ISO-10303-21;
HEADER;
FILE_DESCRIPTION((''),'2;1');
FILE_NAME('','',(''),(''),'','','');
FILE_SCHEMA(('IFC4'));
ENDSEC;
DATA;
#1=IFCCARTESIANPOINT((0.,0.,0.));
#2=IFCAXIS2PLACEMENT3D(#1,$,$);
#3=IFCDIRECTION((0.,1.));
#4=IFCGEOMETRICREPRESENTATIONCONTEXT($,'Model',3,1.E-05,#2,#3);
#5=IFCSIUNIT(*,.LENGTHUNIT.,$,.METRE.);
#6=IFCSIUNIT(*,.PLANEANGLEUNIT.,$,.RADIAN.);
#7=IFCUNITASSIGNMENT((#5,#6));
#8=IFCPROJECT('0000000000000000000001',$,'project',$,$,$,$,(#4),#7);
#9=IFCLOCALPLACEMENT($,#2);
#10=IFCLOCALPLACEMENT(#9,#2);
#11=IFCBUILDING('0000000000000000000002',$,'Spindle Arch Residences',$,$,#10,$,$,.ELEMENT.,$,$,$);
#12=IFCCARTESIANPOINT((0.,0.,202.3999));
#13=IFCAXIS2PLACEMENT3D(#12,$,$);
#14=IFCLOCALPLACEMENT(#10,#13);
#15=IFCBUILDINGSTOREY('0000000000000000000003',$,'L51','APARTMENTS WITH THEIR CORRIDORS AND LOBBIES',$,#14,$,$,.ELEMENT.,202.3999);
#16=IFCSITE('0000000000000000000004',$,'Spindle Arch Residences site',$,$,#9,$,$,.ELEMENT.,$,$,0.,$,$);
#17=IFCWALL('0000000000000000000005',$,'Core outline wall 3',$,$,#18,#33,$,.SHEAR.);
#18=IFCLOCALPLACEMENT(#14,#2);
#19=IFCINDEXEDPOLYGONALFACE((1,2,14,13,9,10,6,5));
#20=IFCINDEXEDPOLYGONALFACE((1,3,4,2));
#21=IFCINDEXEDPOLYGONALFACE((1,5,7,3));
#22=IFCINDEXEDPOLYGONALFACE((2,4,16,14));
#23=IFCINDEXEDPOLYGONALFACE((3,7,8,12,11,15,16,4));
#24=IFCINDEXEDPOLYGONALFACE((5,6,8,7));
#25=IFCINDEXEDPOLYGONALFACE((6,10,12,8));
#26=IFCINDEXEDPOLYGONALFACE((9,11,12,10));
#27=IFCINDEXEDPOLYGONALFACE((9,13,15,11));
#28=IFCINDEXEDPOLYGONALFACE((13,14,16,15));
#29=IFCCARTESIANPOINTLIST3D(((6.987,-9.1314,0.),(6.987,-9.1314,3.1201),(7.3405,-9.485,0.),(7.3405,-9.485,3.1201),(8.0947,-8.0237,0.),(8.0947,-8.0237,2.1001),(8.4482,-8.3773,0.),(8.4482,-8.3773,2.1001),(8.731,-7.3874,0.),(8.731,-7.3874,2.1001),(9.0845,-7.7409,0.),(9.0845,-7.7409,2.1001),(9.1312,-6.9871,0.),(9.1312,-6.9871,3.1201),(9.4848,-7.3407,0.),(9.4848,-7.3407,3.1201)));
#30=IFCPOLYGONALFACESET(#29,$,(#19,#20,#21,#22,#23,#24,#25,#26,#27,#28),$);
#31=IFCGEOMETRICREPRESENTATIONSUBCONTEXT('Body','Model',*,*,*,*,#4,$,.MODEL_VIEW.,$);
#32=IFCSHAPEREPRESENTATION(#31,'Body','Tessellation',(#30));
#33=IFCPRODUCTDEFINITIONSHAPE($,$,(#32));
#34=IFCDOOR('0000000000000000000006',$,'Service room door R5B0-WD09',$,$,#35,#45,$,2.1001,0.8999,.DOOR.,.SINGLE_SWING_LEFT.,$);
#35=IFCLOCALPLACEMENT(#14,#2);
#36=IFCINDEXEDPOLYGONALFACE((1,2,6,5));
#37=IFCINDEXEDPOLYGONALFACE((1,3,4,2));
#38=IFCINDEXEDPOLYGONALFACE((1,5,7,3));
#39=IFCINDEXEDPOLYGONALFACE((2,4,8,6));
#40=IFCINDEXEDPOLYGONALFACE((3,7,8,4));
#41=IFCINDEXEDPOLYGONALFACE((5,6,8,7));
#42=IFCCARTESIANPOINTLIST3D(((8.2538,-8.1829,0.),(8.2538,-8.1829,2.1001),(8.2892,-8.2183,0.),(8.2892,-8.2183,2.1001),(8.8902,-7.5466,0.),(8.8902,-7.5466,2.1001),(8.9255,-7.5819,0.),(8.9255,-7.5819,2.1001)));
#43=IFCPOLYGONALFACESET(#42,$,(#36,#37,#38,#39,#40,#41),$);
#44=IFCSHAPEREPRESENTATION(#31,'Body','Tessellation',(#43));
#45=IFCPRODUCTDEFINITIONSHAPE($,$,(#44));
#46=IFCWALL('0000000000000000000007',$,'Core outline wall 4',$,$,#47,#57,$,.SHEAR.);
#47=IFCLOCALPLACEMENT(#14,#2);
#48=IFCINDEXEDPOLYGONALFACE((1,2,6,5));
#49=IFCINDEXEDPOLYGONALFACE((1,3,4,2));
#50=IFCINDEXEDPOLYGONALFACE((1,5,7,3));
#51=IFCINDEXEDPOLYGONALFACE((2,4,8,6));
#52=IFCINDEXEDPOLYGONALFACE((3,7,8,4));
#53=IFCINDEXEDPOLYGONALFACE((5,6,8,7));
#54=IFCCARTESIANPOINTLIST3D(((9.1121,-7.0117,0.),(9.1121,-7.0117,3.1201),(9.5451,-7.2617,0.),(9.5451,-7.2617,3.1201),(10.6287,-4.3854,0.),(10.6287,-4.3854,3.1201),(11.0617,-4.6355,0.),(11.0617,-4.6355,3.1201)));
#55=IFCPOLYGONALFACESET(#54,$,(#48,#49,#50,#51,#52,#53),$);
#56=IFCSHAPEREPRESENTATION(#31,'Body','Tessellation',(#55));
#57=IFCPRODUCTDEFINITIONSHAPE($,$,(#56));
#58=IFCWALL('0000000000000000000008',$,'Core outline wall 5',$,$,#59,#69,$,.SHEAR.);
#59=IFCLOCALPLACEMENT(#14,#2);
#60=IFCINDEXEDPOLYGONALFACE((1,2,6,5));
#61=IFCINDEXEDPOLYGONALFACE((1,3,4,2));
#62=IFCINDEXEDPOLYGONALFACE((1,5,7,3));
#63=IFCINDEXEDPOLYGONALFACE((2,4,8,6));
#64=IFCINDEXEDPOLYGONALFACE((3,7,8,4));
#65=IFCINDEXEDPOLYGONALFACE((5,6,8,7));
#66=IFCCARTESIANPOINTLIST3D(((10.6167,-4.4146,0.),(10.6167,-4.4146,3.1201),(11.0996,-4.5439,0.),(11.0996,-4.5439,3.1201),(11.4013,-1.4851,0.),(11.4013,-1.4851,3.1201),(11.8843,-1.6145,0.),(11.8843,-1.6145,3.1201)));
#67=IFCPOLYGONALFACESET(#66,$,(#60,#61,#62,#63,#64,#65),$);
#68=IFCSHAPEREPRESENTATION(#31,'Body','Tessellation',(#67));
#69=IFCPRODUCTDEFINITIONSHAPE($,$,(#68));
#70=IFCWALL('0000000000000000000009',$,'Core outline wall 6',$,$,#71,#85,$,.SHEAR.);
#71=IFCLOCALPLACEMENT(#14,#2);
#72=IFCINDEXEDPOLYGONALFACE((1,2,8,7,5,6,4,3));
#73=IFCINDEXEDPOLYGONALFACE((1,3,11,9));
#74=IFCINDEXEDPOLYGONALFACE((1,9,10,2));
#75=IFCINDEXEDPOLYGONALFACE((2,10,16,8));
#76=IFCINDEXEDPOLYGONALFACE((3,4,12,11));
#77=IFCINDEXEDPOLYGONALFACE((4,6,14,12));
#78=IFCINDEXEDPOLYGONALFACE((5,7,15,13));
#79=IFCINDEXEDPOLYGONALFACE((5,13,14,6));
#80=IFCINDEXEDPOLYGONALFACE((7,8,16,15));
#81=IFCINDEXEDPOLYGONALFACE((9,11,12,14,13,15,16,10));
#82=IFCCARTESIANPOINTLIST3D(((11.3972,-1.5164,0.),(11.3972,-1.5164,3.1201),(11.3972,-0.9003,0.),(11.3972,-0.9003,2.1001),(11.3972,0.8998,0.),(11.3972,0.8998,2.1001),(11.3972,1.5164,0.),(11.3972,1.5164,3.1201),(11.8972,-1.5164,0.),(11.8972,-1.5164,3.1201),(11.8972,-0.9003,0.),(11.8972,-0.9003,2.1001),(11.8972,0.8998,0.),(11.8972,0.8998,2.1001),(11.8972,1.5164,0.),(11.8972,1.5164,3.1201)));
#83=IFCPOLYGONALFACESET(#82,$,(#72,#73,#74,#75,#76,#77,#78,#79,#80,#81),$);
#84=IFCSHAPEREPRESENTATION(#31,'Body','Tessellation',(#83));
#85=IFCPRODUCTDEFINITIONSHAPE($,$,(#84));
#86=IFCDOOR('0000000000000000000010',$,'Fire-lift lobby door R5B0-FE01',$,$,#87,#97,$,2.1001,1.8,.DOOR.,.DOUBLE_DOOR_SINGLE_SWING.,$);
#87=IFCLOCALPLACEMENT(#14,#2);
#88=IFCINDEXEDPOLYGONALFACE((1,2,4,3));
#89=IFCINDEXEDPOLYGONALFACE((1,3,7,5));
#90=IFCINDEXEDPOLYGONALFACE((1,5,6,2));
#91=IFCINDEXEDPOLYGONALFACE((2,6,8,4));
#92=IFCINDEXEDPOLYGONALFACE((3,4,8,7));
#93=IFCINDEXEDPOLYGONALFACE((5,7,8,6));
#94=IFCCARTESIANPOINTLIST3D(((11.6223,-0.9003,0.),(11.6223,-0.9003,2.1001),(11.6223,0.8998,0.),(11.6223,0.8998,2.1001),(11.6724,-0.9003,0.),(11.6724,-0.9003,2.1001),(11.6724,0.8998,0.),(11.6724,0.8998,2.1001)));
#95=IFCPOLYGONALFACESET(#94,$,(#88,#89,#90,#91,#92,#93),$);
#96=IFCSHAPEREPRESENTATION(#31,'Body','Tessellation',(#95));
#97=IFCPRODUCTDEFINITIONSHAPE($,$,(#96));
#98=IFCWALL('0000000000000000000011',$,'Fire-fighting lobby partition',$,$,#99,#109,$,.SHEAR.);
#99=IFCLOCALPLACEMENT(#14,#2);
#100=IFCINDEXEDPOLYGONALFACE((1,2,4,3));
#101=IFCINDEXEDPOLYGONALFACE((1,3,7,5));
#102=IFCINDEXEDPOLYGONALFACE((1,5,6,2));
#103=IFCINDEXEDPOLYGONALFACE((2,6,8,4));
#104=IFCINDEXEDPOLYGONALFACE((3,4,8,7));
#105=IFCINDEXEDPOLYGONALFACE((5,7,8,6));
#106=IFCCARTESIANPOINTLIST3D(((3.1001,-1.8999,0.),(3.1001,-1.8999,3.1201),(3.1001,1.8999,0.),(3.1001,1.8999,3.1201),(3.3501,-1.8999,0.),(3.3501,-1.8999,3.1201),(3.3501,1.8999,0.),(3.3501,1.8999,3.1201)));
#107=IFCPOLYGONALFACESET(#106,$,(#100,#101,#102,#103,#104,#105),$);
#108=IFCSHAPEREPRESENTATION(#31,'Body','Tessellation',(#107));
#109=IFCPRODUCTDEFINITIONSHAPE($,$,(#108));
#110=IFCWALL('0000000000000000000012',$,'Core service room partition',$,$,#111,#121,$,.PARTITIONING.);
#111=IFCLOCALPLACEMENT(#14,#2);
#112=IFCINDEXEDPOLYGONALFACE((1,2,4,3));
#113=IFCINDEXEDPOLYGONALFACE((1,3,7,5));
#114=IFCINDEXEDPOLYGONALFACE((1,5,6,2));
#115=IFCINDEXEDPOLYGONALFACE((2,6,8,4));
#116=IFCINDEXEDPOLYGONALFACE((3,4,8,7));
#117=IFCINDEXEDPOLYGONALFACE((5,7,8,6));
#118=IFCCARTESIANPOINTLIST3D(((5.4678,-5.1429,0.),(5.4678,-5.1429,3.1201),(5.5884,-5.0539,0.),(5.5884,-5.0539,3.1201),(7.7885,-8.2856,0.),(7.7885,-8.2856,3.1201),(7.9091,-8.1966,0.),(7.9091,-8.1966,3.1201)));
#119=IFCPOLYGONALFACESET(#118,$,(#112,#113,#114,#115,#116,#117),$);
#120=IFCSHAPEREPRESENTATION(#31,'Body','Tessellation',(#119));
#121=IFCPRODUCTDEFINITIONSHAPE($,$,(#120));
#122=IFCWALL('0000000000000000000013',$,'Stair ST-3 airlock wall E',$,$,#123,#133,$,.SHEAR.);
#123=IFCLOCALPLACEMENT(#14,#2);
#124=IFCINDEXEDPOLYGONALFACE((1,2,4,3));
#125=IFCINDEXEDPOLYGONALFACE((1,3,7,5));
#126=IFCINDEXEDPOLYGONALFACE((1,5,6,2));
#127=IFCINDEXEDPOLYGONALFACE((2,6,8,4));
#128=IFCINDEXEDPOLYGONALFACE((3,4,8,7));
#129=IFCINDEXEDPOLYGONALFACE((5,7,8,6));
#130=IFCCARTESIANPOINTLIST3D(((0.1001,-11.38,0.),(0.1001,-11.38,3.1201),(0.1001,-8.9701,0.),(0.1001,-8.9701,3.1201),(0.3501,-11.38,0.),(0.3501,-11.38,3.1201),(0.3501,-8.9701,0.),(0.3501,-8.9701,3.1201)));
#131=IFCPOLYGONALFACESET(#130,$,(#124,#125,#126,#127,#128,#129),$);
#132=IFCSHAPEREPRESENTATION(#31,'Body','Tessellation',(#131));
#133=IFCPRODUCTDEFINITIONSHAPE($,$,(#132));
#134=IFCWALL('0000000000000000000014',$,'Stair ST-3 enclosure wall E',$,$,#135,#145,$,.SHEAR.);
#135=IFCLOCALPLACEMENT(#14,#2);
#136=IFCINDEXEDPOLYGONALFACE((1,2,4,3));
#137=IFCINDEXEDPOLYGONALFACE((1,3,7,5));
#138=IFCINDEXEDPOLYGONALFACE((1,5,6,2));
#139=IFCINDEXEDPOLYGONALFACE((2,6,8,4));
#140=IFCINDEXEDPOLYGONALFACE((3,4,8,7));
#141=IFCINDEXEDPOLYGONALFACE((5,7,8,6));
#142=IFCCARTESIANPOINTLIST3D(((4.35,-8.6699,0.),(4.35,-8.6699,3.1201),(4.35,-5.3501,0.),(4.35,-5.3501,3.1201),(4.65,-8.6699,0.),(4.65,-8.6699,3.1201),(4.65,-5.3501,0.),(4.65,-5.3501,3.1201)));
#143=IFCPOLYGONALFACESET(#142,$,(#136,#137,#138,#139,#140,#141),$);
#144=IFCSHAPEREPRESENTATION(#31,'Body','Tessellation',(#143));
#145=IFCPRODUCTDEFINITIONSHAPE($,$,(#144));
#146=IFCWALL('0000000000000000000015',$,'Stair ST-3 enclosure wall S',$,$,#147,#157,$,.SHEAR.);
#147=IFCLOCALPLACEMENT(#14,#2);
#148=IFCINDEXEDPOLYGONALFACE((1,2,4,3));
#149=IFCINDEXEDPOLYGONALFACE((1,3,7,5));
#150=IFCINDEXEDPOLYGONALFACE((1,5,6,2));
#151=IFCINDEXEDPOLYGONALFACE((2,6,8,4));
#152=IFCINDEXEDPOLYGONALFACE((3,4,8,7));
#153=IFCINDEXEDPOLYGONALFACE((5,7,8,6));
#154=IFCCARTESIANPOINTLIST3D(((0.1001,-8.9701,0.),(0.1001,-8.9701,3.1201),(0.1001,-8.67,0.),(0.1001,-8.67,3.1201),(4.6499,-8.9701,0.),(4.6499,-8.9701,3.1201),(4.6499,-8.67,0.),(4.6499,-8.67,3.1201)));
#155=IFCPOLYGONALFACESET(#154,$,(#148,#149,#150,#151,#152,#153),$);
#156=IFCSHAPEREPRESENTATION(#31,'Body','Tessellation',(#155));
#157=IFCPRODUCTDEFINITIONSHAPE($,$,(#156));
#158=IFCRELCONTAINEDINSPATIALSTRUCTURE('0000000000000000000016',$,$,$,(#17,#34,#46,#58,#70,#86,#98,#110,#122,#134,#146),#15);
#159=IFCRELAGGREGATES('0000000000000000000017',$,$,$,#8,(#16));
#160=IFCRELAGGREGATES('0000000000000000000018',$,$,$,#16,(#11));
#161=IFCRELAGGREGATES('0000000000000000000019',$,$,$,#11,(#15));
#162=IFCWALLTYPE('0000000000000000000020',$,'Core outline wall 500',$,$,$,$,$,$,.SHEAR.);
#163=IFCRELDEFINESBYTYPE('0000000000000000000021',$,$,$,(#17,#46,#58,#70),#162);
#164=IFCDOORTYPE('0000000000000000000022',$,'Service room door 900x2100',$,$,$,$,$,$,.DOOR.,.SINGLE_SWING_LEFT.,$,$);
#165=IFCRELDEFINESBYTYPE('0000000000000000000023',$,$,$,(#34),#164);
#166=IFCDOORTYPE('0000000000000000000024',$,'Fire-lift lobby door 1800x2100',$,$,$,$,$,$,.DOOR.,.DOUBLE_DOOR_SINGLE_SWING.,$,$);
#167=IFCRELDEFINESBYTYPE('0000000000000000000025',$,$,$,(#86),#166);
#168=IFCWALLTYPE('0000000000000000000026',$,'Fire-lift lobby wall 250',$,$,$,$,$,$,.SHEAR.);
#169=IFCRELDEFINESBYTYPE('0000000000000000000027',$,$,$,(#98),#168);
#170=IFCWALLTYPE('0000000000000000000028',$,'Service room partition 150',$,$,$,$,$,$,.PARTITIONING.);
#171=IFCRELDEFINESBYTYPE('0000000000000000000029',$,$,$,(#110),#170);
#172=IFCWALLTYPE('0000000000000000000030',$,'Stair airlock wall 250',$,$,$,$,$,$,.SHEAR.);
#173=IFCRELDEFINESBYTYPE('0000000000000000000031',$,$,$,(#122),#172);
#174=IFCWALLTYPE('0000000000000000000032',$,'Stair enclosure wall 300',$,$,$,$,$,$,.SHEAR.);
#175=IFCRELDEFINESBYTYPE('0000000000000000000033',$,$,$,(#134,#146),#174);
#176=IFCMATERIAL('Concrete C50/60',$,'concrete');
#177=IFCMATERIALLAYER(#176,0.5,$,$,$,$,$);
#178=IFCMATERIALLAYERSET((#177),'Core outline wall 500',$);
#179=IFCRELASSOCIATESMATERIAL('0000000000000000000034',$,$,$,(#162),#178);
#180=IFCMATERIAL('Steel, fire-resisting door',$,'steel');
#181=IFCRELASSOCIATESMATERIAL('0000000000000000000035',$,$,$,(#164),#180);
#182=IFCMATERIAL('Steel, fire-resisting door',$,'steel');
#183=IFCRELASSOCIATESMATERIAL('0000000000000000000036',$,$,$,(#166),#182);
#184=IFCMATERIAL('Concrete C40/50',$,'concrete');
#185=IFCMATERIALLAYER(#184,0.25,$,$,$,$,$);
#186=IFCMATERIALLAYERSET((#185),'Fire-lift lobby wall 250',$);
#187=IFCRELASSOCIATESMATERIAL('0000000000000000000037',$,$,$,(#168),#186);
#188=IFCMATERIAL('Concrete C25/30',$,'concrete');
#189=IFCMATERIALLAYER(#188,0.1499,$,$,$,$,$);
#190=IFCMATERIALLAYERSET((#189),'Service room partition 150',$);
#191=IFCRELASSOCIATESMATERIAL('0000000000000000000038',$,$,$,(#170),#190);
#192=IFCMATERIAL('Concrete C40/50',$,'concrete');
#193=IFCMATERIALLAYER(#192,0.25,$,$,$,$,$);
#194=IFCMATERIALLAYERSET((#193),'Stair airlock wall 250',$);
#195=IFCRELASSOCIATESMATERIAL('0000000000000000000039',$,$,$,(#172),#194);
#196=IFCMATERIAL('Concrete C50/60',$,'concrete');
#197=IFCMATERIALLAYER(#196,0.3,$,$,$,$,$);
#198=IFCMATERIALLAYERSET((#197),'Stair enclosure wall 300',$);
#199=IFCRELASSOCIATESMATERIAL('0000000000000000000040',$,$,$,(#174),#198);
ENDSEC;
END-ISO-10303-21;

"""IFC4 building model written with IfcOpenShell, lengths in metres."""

from ifc_helpers import new_model, si_unit, direction, frame, frame_2d, origin, place, context, subcontext, project, spatial, rectangle, extrude, material, layer, layer_set, type_object, element, fill, save


model = new_model("IFC4")

# Units and contexts
model_context = context("Model", 3, precision=1e-05, world=origin(), true_north=direction((0.0, 1.0)))
body_context = subcontext(model_context, "Body", "Model", "MODEL_VIEW")
ifc_project = project(units=[si_unit("LENGTHUNIT", "METRE"), si_unit("PLANEANGLEUNIT", "RADIAN")], contexts=[model_context])

# Site, building, storey
site_placement = place(None, origin())
site = spatial("IfcSite", under=ifc_project, at=site_placement, Name="Spindle Arch Residences site", CompositionType="ELEMENT", RefElevation=0.0)
building_placement = place(site_placement, origin())
building = spatial("IfcBuilding", under=site, at=building_placement, Name="Spindle Arch Residences", CompositionType="ELEMENT")
storey_placement = place(building_placement, frame((0.0, 0.0, 202.3999)))
storey = spatial("IfcBuildingStorey", under=building, at=storey_placement, Name="L51", Description="APARTMENTS WITH THEIR CORRIDORS AND LOBBIES", CompositionType="ELEMENT", Elevation=202.3999)

# Wall, opening, door
ifc_material_1 = material(Name="Concrete C50/60", Category="concrete")
ifc_layer_1 = layer(ifc_material_1, 0.5)
ifc_layer_set_1 = layer_set([ifc_layer_1], Name="Core outline wall 500")
wall_type_1 = type_object("IfcWallType", Name="Core outline wall 500", PredefinedType="SHEAR", material=ifc_layer_set_1)
wall_1_placement = place(storey_placement, frame((7.1638, -9.3081, 0.0), z_axis=(0.0, 0.0, 1.0), x_axis=(0.707107, 0.707107, 0.0)))
wall_1 = element("IfcWall", 1, at=wall_1_placement, inside=storey, type_object=wall_type_1, Name="Core outline wall 3", PredefinedType="SHEAR", context=body_context, shape_type="SweptSolid", body=[
    extrude(rectangle(XDim=3.0325, YDim=0.5, at=frame_2d((1.5161, 0.0))), origin(), (0.0, 0.0, 1.0), 3.1201),
])
opening_1_placement = place(wall_1_placement, frame((1.5664, 0.0, 0.0)))
opening_1 = element("IfcOpeningElement", 2, at=opening_1_placement, cuts=wall_1, PredefinedType="OPENING", context=body_context, shape_type="SweptSolid", body=[
    extrude(rectangle(XDim=0.8999, YDim=2.1001, at=frame_2d((0.45, 1.05))), frame((0.0, 0.26, 0.0), z_axis=(0.0, -1.0, 0.0), x_axis=(1.0, 0.0, 0.0)), (0.0, 0.0, 1.0), 0.52),
])
ifc_material_2 = material(Name="Steel, fire-resisting door", Category="steel")
door_type_1 = type_object("IfcDoorType", Name="Service room door 900x2100", OperationType="SINGLE_SWING_LEFT", PredefinedType="DOOR", material=ifc_material_2)
door_1_placement = place(opening_1_placement, origin())
door_1 = element("IfcDoor", 3, at=door_1_placement, inside=storey, type_object=door_type_1, Name="Service room door R5B0-WD09", OperationType="SINGLE_SWING_LEFT", OverallHeight=2.1001, OverallWidth=0.8999, PredefinedType="DOOR", context=body_context, shape_type="SweptSolid", body=[
    extrude(rectangle(XDim=0.8999, YDim=2.1001, at=frame_2d((0.45, 1.05))), frame((0.0, 0.0249, 0.0), z_axis=(0.0, -1.0, 0.0), x_axis=(1.0, 0.0, 0.0)), (0.0, 0.0, 1.0), 0.05),
])
fill(opening_1, door_1)

# Walls
for number, where, z_axis, x_axis, name in (
    (4, (9.3286, -7.1367, 0.0), (0.0, 0.0, 1.0), (0.500087, 0.865975, 0.0), "Core outline wall 4"),
    (5, (10.8582, -4.4792, 0.0), (0.0, 0.0, 1.0), (0.258735, 0.965948, 0.0), "Core outline wall 5"),
):
    element("IfcWall", number, at=place(storey_placement, frame(where, z_axis=z_axis, x_axis=x_axis)), inside=storey, type_object=wall_type_1, Name=name, PredefinedType="SHEAR", context=body_context, shape_type="SweptSolid", body=[
        extrude(rectangle(XDim=3.0327, YDim=0.5, at=frame_2d((1.5164, 0.0))), origin(), (0.0, 0.0, 1.0), 3.1201),
    ])

# Wall, opening, door
wall_2_placement = place(storey_placement, frame((11.6472, -1.5164, 0.0), z_axis=(0.0, 0.0, 1.0), x_axis=(0.0, 1.0, 0.0)))
wall_2 = element("IfcWall", 6, at=wall_2_placement, inside=storey, type_object=wall_type_1, Name="Core outline wall 6", PredefinedType="SHEAR", context=body_context, shape_type="SweptSolid", body=[
    extrude(rectangle(XDim=3.0327, YDim=0.5, at=frame_2d((1.5164, 0.0))), origin(), (0.0, 0.0, 1.0), 3.1201),
])
opening_2_placement = place(wall_2_placement, frame((0.6162, 0.0, 0.0)))
opening_2 = element("IfcOpeningElement", 7, at=opening_2_placement, cuts=wall_2, PredefinedType="OPENING", context=body_context, shape_type="SweptSolid", body=[
    extrude(rectangle(XDim=1.8, YDim=2.1001, at=frame_2d((0.8999, 1.05))), frame((0.0, 0.26, 0.0), z_axis=(0.0, -1.0, 0.0), x_axis=(1.0, 0.0, 0.0)), (0.0, 0.0, 1.0), 0.52),
])
ifc_material_3 = material(Name="Steel, fire-resisting door", Category="steel")
door_type_2 = type_object("IfcDoorType", Name="Fire-lift lobby door 1800x2100", OperationType="DOUBLE_DOOR_SINGLE_SWING", PredefinedType="DOOR", material=ifc_material_3)
door_2_placement = place(opening_2_placement, origin())
door_2 = element("IfcDoor", 8, at=door_2_placement, inside=storey, type_object=door_type_2, Name="Fire-lift lobby door R5B0-FE01", OperationType="DOUBLE_DOOR_SINGLE_SWING", OverallHeight=2.1001, OverallWidth=1.8, PredefinedType="DOOR", context=body_context, shape_type="SweptSolid", body=[
    extrude(rectangle(XDim=1.8, YDim=2.1001, at=frame_2d((0.8999, 1.05))), frame((0.0, 0.0249, 0.0), z_axis=(0.0, -1.0, 0.0), x_axis=(1.0, 0.0, 0.0)), (0.0, 0.0, 1.0), 0.05),
])
fill(opening_2, door_2)

# Wall
ifc_material_4 = material(Name="Concrete C40/50", Category="concrete")
ifc_layer_2 = layer(ifc_material_4, 0.25)
ifc_layer_set_2 = layer_set([ifc_layer_2], Name="Fire-lift lobby wall 250")
wall_type_2 = type_object("IfcWallType", Name="Fire-lift lobby wall 250", PredefinedType="SHEAR", material=ifc_layer_set_2)
wall_3_placement = place(storey_placement, frame((3.2251, -1.8999, 0.0), z_axis=(0.0, 0.0, 1.0), x_axis=(0.0, 1.0, 0.0)))
element("IfcWall", 9, at=wall_3_placement, inside=storey, type_object=wall_type_2, Name="Fire-fighting lobby partition", PredefinedType="SHEAR", context=body_context, shape_type="SweptSolid", body=[
    extrude(rectangle(XDim=3.7998, YDim=0.25, at=frame_2d((1.8999, 0.0))), origin(), (0.0, 0.0, 1.0), 3.1201),
])

# Walls
ifc_material_5 = material(Name="Concrete C25/30", Category="concrete")
ifc_layer_3 = layer(ifc_material_5, 0.1499)
ifc_layer_set_3 = layer_set([ifc_layer_3], Name="Service room partition 150")
wall_type_3 = type_object("IfcWallType", Name="Service room partition 150", PredefinedType="PARTITIONING", material=ifc_layer_set_3)
wall_4_placement = place(storey_placement, frame((5.5281, -5.0984, 0.0), z_axis=(0.0, 0.0, 1.0), x_axis=(0.594034, -0.80444, 0.0)))
element("IfcWall", 10, at=wall_4_placement, inside=storey, type_object=wall_type_3, Name="Core service room partition", PredefinedType="PARTITIONING", context=body_context, shape_type="SweptSolid", body=[
    extrude(rectangle(XDim=3.9067, YDim=0.1499, at=frame_2d((1.9534, 0.0))), origin(), (0.0, 0.0, 1.0), 3.1201),
])
ifc_material_6 = material(Name="Concrete C40/50", Category="concrete")
ifc_layer_4 = layer(ifc_material_6, 0.25)
ifc_layer_set_4 = layer_set([ifc_layer_4], Name="Stair airlock wall 250")
wall_type_4 = type_object("IfcWallType", Name="Stair airlock wall 250", PredefinedType="SHEAR", material=ifc_layer_set_4)
wall_5_placement = place(storey_placement, frame((0.2251, -8.97, 0.0), z_axis=(0.0, 0.0, 1.0), x_axis=(0.0, -1.0, 0.0)))
element("IfcWall", 11, at=wall_5_placement, inside=storey, type_object=wall_type_4, Name="Stair ST-3 airlock wall E", PredefinedType="SHEAR", context=body_context, shape_type="SweptSolid", body=[
    extrude(rectangle(XDim=2.4099, YDim=0.25, at=frame_2d((1.2051, 0.0))), origin(), (0.0, 0.0, 1.0), 3.1201),
])
ifc_material_7 = material(Name="Concrete C50/60", Category="concrete")
ifc_layer_5 = layer(ifc_material_7, 0.3)
ifc_layer_set_5 = layer_set([ifc_layer_5], Name="Stair enclosure wall 300")
wall_type_5 = type_object("IfcWallType", Name="Stair enclosure wall 300", PredefinedType="SHEAR", material=ifc_layer_set_5)
wall_6_placement = place(storey_placement, frame((4.5, -8.6699, 0.0), z_axis=(0.0, 0.0, 1.0), x_axis=(0.0, 1.0, 0.0)))
element("IfcWall", 12, at=wall_6_placement, inside=storey, type_object=wall_type_5, Name="Stair ST-3 enclosure wall E", PredefinedType="SHEAR", context=body_context, shape_type="SweptSolid", body=[
    extrude(rectangle(XDim=3.3198, YDim=0.3, at=frame_2d((1.6599, 0.0))), origin(), (0.0, 0.0, 1.0), 3.1201),
])
wall_7_placement = place(storey_placement, frame((0.1001, -8.8201, 0.0), z_axis=(0.0, 0.0, 1.0), x_axis=(1.0, 0.0, 0.0)))
element("IfcWall", 13, at=wall_7_placement, inside=storey, type_object=wall_type_5, Name="Stair ST-3 enclosure wall S", PredefinedType="SHEAR", context=body_context, shape_type="SweptSolid", body=[
    extrude(rectangle(XDim=4.5498, YDim=0.3, at=frame_2d((2.2749, 0.0))), origin(), (0.0, 0.0, 1.0), 3.1201),
])

save(model, "model.ifc")
